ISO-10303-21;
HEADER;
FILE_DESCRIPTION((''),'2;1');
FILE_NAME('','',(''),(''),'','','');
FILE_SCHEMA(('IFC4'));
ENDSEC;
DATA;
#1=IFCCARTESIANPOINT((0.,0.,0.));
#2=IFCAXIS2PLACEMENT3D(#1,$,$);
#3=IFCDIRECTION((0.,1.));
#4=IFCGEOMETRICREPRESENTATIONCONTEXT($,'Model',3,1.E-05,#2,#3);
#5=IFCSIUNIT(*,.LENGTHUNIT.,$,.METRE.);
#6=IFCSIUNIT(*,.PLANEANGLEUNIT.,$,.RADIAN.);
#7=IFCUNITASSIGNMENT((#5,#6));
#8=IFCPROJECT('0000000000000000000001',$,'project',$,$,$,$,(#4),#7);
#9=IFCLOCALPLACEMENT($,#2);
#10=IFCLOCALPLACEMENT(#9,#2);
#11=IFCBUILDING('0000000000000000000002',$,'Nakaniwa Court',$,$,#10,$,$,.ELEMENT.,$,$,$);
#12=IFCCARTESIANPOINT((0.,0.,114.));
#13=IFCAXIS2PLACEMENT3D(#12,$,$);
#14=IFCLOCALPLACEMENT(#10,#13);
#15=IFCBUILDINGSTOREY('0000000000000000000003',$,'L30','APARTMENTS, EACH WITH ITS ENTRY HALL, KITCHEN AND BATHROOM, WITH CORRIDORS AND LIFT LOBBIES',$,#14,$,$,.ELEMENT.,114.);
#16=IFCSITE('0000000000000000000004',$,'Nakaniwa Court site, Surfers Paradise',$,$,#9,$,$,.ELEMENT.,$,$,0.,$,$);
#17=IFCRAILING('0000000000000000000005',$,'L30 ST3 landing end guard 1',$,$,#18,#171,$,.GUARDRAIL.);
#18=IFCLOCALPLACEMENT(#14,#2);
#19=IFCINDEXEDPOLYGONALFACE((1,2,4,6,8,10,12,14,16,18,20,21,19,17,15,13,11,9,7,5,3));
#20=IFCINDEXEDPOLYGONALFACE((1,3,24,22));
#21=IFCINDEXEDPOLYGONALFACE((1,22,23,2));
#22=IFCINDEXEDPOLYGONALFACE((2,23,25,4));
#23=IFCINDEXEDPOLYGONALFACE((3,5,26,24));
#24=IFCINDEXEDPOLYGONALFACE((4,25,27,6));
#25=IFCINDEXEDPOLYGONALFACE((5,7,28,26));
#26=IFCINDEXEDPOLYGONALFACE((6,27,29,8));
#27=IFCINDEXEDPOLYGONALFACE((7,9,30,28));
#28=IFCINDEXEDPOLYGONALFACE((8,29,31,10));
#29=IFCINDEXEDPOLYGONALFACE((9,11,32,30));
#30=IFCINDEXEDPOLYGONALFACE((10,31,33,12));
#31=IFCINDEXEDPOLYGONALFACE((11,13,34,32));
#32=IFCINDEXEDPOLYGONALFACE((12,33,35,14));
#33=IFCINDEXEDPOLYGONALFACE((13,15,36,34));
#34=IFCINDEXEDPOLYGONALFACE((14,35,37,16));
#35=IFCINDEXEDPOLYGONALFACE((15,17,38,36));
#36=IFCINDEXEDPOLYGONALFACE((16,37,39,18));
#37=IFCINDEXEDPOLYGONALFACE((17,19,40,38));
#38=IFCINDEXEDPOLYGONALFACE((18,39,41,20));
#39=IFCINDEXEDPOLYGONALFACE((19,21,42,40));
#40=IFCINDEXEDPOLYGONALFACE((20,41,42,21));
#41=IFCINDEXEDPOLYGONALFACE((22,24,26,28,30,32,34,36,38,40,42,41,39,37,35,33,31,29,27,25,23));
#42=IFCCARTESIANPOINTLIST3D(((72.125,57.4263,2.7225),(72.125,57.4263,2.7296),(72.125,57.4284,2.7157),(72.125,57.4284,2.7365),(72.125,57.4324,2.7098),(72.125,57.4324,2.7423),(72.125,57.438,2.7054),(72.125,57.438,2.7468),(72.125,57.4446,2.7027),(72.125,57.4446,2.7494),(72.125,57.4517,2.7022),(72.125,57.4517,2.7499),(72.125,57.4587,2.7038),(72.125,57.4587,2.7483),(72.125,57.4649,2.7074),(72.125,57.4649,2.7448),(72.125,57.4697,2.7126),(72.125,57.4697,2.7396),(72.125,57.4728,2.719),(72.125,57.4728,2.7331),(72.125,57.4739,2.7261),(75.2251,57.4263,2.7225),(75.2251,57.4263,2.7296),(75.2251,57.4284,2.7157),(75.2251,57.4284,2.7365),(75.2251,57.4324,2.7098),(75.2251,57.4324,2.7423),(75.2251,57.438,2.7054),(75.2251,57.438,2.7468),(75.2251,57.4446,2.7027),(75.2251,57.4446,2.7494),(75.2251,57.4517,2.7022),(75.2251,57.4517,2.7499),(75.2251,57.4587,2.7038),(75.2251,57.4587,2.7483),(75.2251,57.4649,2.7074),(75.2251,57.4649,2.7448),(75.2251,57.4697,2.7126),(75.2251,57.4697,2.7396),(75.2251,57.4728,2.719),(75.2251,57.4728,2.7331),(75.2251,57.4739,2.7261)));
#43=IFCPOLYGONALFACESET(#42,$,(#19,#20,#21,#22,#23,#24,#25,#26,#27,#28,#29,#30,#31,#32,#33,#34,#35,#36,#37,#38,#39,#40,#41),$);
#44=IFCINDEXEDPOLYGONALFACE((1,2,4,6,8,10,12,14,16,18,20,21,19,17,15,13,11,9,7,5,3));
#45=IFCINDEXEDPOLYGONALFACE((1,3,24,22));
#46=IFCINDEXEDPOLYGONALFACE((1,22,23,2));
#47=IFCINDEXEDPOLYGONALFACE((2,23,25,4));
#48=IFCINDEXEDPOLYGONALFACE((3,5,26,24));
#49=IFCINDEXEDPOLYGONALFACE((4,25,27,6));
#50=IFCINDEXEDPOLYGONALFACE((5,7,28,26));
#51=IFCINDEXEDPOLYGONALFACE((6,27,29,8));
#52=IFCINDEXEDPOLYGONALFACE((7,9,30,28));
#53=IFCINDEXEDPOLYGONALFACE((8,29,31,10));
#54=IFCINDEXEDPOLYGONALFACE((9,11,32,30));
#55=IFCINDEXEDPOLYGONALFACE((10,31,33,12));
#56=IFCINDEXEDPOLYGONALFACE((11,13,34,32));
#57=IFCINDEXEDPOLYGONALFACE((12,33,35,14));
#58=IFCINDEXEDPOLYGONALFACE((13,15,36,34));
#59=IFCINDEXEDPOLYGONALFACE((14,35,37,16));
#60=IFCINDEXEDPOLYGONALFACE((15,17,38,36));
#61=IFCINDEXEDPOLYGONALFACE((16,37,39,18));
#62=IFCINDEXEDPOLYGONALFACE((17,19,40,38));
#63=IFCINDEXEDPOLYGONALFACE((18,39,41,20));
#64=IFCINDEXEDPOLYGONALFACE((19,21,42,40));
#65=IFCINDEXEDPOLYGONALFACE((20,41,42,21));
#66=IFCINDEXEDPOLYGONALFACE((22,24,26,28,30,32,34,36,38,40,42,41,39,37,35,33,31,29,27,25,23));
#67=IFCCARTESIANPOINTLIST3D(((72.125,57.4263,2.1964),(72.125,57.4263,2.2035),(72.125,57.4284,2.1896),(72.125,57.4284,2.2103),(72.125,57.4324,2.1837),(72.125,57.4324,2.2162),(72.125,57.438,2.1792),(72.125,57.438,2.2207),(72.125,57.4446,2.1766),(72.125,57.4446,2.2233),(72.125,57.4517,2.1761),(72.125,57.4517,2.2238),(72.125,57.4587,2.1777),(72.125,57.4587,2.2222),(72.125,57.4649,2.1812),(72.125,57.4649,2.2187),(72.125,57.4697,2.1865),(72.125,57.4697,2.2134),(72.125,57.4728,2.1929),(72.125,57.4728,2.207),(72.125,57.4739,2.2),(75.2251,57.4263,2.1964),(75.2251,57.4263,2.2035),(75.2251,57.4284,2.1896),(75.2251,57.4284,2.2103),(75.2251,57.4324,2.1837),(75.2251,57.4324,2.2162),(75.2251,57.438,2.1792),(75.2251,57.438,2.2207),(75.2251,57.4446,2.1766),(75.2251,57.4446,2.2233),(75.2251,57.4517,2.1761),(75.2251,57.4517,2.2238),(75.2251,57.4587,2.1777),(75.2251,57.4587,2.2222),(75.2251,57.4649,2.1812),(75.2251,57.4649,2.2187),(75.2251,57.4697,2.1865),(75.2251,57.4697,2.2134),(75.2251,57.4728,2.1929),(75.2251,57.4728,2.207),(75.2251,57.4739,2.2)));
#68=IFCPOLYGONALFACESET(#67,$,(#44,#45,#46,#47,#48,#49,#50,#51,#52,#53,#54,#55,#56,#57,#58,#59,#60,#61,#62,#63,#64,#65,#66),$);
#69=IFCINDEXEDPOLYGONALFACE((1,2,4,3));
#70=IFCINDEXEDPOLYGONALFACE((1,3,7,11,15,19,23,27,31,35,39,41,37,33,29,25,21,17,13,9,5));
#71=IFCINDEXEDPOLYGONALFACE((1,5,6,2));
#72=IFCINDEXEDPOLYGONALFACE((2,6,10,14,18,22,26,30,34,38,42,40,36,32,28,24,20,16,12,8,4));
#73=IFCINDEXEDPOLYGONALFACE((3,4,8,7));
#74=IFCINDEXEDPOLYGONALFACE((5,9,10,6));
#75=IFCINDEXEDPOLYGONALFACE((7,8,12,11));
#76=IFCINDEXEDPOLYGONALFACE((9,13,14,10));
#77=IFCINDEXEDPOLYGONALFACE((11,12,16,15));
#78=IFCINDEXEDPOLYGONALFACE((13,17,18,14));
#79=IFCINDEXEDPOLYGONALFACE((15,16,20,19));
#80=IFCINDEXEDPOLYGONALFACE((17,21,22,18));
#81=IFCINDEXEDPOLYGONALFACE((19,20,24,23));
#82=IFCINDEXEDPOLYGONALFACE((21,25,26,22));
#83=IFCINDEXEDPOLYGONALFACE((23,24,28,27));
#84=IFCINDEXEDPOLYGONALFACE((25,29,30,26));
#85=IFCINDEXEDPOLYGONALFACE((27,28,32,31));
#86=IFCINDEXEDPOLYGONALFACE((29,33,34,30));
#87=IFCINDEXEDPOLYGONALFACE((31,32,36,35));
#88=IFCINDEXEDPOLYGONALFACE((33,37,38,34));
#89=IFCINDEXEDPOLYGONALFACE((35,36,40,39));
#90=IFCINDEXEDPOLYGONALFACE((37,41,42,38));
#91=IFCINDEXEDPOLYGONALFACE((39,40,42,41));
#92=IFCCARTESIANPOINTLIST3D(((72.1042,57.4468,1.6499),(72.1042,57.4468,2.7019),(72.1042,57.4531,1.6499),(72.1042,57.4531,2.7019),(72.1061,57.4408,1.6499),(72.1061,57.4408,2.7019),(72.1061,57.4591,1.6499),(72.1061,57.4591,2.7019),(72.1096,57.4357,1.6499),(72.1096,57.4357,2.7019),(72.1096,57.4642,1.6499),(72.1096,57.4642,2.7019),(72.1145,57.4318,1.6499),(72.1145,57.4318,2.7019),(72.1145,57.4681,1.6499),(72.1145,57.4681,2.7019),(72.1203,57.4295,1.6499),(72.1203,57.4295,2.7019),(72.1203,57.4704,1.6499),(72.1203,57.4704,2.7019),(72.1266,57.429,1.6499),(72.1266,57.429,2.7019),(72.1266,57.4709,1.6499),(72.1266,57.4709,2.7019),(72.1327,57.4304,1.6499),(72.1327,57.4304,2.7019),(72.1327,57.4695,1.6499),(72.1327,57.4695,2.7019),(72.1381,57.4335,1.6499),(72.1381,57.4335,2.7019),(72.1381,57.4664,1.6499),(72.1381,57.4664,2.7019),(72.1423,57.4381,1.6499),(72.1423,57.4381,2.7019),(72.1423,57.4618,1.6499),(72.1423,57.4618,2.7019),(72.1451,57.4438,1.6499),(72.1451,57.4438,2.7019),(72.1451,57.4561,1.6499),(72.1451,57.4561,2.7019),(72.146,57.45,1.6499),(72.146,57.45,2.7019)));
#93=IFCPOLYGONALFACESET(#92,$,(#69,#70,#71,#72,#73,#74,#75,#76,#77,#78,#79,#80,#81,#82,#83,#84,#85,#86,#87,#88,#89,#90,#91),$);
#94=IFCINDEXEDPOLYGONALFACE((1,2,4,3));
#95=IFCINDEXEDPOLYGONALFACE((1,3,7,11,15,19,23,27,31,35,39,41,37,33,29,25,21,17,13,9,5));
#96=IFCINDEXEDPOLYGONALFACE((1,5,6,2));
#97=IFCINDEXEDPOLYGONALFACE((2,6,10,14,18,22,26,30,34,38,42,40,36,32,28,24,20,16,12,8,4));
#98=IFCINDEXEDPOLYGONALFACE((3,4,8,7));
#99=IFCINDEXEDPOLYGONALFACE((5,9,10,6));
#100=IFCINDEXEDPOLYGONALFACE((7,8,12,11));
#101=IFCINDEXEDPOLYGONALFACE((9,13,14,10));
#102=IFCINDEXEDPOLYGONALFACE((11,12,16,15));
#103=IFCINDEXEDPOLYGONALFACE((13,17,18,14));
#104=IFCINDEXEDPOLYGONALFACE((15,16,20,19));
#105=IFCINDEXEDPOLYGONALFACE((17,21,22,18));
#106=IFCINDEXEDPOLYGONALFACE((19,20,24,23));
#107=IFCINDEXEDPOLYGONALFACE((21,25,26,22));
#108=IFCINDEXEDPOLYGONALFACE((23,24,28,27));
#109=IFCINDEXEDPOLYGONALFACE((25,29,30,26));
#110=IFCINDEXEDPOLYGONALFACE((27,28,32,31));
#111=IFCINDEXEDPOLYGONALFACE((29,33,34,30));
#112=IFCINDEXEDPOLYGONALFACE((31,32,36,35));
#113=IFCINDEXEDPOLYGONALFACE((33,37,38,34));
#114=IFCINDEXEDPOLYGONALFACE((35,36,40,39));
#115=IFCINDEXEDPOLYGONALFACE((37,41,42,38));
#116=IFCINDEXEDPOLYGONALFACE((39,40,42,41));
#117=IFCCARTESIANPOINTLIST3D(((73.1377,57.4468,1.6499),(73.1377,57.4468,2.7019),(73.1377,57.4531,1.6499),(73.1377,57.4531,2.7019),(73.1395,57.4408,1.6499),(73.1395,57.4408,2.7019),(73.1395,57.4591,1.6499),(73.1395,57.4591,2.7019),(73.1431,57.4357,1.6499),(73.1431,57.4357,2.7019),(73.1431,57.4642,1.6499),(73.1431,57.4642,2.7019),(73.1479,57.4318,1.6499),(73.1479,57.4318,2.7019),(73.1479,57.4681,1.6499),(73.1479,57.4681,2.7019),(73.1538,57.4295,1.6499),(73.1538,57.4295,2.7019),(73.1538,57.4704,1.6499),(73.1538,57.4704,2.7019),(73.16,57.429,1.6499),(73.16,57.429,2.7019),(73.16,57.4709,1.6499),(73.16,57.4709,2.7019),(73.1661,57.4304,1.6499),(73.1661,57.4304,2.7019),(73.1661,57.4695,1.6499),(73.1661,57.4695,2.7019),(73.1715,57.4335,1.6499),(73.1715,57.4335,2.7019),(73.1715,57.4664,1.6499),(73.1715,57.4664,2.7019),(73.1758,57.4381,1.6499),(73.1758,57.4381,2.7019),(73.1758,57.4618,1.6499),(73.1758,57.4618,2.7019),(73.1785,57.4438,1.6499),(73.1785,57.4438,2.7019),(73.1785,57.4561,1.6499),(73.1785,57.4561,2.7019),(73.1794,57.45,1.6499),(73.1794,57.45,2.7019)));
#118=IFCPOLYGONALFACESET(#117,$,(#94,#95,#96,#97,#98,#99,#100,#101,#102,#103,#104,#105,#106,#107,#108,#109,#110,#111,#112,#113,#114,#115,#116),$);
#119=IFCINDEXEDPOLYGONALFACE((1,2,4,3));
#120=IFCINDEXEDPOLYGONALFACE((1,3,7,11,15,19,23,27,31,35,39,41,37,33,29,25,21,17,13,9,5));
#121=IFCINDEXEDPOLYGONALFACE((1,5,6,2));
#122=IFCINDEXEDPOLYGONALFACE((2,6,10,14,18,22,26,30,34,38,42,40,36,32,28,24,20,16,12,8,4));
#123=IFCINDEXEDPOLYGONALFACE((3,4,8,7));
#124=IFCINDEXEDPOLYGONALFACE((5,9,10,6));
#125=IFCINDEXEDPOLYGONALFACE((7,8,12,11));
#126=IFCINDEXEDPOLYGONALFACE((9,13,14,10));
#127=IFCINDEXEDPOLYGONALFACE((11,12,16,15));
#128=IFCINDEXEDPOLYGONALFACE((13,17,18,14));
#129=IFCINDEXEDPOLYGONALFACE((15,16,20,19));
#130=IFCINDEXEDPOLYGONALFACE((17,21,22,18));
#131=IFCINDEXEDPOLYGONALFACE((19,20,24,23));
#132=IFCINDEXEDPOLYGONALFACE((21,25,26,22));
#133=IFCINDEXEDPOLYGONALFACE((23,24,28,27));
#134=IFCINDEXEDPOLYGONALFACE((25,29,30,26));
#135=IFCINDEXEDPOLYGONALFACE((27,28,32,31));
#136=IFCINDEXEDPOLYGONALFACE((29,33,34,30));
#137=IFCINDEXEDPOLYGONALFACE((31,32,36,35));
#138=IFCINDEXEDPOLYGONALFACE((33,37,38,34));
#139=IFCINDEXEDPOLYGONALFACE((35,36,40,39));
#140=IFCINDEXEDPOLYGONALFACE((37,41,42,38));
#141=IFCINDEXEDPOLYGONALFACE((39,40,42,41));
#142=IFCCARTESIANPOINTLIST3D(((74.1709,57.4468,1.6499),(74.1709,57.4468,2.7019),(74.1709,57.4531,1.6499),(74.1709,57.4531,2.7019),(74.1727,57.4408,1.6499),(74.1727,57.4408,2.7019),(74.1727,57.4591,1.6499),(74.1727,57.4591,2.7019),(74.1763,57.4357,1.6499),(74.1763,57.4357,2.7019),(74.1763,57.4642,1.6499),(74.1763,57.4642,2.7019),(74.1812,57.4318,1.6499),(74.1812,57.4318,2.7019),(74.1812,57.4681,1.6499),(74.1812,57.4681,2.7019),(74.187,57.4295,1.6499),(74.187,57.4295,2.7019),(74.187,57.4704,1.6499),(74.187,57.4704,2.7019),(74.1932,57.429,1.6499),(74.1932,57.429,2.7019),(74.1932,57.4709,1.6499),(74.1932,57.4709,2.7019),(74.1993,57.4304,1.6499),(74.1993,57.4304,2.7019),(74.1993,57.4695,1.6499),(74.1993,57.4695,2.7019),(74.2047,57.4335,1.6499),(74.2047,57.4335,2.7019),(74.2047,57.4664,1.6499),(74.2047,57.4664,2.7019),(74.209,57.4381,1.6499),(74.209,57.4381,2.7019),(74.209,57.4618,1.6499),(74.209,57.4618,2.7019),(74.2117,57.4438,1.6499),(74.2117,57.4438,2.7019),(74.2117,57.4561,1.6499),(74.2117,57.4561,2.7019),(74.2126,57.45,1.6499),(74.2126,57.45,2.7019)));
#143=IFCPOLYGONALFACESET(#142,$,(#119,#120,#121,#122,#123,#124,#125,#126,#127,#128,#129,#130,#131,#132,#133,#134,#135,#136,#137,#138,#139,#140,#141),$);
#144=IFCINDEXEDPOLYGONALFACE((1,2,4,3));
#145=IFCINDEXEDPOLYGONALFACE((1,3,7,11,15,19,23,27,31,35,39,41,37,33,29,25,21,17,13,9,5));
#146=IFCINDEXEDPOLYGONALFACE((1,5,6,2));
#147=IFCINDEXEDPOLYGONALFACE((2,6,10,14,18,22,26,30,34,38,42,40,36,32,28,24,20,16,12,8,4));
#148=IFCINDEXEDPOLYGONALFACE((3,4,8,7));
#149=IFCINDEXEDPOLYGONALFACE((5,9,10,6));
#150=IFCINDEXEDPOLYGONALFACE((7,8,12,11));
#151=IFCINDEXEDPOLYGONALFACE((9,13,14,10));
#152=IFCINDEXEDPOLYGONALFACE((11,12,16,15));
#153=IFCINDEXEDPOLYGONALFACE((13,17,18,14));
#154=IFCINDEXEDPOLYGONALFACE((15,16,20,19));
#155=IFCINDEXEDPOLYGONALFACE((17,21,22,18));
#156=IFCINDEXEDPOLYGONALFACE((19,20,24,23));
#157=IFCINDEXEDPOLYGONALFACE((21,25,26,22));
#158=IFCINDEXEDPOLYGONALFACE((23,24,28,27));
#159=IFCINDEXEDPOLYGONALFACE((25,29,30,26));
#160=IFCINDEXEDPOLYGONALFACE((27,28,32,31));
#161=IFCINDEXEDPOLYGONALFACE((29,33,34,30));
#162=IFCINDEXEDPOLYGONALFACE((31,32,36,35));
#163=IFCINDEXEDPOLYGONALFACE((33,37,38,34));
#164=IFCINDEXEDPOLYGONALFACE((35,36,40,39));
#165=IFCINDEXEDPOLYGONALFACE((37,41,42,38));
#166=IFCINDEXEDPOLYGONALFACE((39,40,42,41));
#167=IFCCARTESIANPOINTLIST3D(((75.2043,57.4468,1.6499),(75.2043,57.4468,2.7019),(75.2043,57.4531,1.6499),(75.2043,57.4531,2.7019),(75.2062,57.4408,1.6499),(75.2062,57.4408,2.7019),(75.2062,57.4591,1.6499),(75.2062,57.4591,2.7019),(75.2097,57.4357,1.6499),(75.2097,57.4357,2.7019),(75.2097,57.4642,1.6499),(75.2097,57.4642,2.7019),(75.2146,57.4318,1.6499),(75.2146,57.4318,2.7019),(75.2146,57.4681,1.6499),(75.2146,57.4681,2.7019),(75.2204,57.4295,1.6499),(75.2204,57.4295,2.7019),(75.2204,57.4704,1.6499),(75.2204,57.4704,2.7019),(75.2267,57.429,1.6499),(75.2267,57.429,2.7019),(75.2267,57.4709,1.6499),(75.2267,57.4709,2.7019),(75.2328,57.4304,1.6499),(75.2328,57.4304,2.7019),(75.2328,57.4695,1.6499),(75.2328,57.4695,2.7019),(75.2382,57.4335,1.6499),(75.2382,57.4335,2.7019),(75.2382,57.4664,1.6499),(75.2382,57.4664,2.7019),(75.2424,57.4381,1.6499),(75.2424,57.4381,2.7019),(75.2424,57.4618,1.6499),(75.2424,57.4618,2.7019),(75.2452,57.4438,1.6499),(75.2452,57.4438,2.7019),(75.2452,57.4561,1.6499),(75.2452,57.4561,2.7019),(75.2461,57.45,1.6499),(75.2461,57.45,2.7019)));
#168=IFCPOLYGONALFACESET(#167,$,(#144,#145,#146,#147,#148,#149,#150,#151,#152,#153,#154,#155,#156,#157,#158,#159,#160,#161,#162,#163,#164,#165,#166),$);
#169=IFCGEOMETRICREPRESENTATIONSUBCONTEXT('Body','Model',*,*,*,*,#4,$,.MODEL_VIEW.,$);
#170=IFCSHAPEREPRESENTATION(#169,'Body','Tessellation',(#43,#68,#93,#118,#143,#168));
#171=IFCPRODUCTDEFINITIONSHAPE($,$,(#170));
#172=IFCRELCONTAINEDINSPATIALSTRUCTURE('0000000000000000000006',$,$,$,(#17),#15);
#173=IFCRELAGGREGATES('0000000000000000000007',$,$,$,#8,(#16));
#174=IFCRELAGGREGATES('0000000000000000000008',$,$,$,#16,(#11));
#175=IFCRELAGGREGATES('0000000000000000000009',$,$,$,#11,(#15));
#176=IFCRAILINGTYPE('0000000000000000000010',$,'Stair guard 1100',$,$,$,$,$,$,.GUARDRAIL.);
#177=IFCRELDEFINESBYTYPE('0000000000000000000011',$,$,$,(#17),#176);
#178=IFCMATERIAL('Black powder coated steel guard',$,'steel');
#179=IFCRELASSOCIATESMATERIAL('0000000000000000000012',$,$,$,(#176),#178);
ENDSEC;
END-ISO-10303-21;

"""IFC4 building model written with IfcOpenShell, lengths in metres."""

from ifc_helpers import new_model, si_unit, direction, frame, origin, origin_2d, place, context, subcontext, project, spatial, circle, extrude, material, type_object, element, save


model = new_model("IFC4")

# Units and contexts
model_context = context("Model", 3, precision=1e-05, world=origin(), true_north=direction((0.0, 1.0)))
body_context = subcontext(model_context, "Body", "Model", "MODEL_VIEW")
ifc_project = project(units=[si_unit("LENGTHUNIT", "METRE"), si_unit("PLANEANGLEUNIT", "RADIAN")], contexts=[model_context])

# Site, building, storey
site_placement = place(None, origin())
site = spatial("IfcSite", under=ifc_project, at=site_placement, Name="Nakaniwa Court site, Surfers Paradise", CompositionType="ELEMENT", RefElevation=0.0)
building_placement = place(site_placement, origin())
building = spatial("IfcBuilding", under=site, at=building_placement, Name="Nakaniwa Court", CompositionType="ELEMENT")
storey_placement = place(building_placement, frame((0.0, 0.0, 114.0)))
storey = spatial("IfcBuildingStorey", under=building, at=storey_placement, Name="L30", Description="APARTMENTS, EACH WITH ITS ENTRY HALL, KITCHEN AND BATHROOM, WITH CORRIDORS AND LIFT LOBBIES", CompositionType="ELEMENT", Elevation=114.0)

# Railing
ifc_material_1 = material(Name="Black powder coated steel guard", Category="steel")
railing_type_1 = type_object("IfcRailingType", Name="Stair guard 1100", PredefinedType="GUARDRAIL", material=ifc_material_1)
railing_1_placement = place(storey_placement, frame((72.125, 57.45, 1.6499)))
element("IfcRailing", 1, at=railing_1_placement, inside=storey, type_object=railing_type_1, Name="L30 ST3 landing end guard 1", PredefinedType="GUARDRAIL", context=body_context, shape_type="SweptSolid", body=[
    extrude(circle(Radius=0.0239, at=origin_2d()), frame((0.0, 0.0, 1.0762), z_axis=(1.0, 0.0, 0.0), x_axis=(0.0, 1.0, 0.0)), (0.0, 0.0, 1.0), 3.1001),
    extrude(circle(Radius=0.0239, at=origin_2d()), frame((0.0, 0.0, 0.55), z_axis=(1.0, 0.0, 0.0), x_axis=(0.0, 1.0, 0.0)), (0.0, 0.0, 1.0), 3.1001),
    extrude(circle(Radius=0.021, at=origin_2d()), origin(), (0.0, 0.0, 1.0), 1.052),
    extrude(circle(Radius=0.021, at=origin_2d()), frame((1.0334, 0.0, 0.0)), (0.0, 0.0, 1.0), 1.052),
    extrude(circle(Radius=0.021, at=origin_2d()), frame((2.0667, 0.0, 0.0)), (0.0, 0.0, 1.0), 1.052),
    extrude(circle(Radius=0.021, at=origin_2d()), frame((3.1001, 0.0, 0.0)), (0.0, 0.0, 1.0), 1.052),
])

save(model, "model.ifc")
